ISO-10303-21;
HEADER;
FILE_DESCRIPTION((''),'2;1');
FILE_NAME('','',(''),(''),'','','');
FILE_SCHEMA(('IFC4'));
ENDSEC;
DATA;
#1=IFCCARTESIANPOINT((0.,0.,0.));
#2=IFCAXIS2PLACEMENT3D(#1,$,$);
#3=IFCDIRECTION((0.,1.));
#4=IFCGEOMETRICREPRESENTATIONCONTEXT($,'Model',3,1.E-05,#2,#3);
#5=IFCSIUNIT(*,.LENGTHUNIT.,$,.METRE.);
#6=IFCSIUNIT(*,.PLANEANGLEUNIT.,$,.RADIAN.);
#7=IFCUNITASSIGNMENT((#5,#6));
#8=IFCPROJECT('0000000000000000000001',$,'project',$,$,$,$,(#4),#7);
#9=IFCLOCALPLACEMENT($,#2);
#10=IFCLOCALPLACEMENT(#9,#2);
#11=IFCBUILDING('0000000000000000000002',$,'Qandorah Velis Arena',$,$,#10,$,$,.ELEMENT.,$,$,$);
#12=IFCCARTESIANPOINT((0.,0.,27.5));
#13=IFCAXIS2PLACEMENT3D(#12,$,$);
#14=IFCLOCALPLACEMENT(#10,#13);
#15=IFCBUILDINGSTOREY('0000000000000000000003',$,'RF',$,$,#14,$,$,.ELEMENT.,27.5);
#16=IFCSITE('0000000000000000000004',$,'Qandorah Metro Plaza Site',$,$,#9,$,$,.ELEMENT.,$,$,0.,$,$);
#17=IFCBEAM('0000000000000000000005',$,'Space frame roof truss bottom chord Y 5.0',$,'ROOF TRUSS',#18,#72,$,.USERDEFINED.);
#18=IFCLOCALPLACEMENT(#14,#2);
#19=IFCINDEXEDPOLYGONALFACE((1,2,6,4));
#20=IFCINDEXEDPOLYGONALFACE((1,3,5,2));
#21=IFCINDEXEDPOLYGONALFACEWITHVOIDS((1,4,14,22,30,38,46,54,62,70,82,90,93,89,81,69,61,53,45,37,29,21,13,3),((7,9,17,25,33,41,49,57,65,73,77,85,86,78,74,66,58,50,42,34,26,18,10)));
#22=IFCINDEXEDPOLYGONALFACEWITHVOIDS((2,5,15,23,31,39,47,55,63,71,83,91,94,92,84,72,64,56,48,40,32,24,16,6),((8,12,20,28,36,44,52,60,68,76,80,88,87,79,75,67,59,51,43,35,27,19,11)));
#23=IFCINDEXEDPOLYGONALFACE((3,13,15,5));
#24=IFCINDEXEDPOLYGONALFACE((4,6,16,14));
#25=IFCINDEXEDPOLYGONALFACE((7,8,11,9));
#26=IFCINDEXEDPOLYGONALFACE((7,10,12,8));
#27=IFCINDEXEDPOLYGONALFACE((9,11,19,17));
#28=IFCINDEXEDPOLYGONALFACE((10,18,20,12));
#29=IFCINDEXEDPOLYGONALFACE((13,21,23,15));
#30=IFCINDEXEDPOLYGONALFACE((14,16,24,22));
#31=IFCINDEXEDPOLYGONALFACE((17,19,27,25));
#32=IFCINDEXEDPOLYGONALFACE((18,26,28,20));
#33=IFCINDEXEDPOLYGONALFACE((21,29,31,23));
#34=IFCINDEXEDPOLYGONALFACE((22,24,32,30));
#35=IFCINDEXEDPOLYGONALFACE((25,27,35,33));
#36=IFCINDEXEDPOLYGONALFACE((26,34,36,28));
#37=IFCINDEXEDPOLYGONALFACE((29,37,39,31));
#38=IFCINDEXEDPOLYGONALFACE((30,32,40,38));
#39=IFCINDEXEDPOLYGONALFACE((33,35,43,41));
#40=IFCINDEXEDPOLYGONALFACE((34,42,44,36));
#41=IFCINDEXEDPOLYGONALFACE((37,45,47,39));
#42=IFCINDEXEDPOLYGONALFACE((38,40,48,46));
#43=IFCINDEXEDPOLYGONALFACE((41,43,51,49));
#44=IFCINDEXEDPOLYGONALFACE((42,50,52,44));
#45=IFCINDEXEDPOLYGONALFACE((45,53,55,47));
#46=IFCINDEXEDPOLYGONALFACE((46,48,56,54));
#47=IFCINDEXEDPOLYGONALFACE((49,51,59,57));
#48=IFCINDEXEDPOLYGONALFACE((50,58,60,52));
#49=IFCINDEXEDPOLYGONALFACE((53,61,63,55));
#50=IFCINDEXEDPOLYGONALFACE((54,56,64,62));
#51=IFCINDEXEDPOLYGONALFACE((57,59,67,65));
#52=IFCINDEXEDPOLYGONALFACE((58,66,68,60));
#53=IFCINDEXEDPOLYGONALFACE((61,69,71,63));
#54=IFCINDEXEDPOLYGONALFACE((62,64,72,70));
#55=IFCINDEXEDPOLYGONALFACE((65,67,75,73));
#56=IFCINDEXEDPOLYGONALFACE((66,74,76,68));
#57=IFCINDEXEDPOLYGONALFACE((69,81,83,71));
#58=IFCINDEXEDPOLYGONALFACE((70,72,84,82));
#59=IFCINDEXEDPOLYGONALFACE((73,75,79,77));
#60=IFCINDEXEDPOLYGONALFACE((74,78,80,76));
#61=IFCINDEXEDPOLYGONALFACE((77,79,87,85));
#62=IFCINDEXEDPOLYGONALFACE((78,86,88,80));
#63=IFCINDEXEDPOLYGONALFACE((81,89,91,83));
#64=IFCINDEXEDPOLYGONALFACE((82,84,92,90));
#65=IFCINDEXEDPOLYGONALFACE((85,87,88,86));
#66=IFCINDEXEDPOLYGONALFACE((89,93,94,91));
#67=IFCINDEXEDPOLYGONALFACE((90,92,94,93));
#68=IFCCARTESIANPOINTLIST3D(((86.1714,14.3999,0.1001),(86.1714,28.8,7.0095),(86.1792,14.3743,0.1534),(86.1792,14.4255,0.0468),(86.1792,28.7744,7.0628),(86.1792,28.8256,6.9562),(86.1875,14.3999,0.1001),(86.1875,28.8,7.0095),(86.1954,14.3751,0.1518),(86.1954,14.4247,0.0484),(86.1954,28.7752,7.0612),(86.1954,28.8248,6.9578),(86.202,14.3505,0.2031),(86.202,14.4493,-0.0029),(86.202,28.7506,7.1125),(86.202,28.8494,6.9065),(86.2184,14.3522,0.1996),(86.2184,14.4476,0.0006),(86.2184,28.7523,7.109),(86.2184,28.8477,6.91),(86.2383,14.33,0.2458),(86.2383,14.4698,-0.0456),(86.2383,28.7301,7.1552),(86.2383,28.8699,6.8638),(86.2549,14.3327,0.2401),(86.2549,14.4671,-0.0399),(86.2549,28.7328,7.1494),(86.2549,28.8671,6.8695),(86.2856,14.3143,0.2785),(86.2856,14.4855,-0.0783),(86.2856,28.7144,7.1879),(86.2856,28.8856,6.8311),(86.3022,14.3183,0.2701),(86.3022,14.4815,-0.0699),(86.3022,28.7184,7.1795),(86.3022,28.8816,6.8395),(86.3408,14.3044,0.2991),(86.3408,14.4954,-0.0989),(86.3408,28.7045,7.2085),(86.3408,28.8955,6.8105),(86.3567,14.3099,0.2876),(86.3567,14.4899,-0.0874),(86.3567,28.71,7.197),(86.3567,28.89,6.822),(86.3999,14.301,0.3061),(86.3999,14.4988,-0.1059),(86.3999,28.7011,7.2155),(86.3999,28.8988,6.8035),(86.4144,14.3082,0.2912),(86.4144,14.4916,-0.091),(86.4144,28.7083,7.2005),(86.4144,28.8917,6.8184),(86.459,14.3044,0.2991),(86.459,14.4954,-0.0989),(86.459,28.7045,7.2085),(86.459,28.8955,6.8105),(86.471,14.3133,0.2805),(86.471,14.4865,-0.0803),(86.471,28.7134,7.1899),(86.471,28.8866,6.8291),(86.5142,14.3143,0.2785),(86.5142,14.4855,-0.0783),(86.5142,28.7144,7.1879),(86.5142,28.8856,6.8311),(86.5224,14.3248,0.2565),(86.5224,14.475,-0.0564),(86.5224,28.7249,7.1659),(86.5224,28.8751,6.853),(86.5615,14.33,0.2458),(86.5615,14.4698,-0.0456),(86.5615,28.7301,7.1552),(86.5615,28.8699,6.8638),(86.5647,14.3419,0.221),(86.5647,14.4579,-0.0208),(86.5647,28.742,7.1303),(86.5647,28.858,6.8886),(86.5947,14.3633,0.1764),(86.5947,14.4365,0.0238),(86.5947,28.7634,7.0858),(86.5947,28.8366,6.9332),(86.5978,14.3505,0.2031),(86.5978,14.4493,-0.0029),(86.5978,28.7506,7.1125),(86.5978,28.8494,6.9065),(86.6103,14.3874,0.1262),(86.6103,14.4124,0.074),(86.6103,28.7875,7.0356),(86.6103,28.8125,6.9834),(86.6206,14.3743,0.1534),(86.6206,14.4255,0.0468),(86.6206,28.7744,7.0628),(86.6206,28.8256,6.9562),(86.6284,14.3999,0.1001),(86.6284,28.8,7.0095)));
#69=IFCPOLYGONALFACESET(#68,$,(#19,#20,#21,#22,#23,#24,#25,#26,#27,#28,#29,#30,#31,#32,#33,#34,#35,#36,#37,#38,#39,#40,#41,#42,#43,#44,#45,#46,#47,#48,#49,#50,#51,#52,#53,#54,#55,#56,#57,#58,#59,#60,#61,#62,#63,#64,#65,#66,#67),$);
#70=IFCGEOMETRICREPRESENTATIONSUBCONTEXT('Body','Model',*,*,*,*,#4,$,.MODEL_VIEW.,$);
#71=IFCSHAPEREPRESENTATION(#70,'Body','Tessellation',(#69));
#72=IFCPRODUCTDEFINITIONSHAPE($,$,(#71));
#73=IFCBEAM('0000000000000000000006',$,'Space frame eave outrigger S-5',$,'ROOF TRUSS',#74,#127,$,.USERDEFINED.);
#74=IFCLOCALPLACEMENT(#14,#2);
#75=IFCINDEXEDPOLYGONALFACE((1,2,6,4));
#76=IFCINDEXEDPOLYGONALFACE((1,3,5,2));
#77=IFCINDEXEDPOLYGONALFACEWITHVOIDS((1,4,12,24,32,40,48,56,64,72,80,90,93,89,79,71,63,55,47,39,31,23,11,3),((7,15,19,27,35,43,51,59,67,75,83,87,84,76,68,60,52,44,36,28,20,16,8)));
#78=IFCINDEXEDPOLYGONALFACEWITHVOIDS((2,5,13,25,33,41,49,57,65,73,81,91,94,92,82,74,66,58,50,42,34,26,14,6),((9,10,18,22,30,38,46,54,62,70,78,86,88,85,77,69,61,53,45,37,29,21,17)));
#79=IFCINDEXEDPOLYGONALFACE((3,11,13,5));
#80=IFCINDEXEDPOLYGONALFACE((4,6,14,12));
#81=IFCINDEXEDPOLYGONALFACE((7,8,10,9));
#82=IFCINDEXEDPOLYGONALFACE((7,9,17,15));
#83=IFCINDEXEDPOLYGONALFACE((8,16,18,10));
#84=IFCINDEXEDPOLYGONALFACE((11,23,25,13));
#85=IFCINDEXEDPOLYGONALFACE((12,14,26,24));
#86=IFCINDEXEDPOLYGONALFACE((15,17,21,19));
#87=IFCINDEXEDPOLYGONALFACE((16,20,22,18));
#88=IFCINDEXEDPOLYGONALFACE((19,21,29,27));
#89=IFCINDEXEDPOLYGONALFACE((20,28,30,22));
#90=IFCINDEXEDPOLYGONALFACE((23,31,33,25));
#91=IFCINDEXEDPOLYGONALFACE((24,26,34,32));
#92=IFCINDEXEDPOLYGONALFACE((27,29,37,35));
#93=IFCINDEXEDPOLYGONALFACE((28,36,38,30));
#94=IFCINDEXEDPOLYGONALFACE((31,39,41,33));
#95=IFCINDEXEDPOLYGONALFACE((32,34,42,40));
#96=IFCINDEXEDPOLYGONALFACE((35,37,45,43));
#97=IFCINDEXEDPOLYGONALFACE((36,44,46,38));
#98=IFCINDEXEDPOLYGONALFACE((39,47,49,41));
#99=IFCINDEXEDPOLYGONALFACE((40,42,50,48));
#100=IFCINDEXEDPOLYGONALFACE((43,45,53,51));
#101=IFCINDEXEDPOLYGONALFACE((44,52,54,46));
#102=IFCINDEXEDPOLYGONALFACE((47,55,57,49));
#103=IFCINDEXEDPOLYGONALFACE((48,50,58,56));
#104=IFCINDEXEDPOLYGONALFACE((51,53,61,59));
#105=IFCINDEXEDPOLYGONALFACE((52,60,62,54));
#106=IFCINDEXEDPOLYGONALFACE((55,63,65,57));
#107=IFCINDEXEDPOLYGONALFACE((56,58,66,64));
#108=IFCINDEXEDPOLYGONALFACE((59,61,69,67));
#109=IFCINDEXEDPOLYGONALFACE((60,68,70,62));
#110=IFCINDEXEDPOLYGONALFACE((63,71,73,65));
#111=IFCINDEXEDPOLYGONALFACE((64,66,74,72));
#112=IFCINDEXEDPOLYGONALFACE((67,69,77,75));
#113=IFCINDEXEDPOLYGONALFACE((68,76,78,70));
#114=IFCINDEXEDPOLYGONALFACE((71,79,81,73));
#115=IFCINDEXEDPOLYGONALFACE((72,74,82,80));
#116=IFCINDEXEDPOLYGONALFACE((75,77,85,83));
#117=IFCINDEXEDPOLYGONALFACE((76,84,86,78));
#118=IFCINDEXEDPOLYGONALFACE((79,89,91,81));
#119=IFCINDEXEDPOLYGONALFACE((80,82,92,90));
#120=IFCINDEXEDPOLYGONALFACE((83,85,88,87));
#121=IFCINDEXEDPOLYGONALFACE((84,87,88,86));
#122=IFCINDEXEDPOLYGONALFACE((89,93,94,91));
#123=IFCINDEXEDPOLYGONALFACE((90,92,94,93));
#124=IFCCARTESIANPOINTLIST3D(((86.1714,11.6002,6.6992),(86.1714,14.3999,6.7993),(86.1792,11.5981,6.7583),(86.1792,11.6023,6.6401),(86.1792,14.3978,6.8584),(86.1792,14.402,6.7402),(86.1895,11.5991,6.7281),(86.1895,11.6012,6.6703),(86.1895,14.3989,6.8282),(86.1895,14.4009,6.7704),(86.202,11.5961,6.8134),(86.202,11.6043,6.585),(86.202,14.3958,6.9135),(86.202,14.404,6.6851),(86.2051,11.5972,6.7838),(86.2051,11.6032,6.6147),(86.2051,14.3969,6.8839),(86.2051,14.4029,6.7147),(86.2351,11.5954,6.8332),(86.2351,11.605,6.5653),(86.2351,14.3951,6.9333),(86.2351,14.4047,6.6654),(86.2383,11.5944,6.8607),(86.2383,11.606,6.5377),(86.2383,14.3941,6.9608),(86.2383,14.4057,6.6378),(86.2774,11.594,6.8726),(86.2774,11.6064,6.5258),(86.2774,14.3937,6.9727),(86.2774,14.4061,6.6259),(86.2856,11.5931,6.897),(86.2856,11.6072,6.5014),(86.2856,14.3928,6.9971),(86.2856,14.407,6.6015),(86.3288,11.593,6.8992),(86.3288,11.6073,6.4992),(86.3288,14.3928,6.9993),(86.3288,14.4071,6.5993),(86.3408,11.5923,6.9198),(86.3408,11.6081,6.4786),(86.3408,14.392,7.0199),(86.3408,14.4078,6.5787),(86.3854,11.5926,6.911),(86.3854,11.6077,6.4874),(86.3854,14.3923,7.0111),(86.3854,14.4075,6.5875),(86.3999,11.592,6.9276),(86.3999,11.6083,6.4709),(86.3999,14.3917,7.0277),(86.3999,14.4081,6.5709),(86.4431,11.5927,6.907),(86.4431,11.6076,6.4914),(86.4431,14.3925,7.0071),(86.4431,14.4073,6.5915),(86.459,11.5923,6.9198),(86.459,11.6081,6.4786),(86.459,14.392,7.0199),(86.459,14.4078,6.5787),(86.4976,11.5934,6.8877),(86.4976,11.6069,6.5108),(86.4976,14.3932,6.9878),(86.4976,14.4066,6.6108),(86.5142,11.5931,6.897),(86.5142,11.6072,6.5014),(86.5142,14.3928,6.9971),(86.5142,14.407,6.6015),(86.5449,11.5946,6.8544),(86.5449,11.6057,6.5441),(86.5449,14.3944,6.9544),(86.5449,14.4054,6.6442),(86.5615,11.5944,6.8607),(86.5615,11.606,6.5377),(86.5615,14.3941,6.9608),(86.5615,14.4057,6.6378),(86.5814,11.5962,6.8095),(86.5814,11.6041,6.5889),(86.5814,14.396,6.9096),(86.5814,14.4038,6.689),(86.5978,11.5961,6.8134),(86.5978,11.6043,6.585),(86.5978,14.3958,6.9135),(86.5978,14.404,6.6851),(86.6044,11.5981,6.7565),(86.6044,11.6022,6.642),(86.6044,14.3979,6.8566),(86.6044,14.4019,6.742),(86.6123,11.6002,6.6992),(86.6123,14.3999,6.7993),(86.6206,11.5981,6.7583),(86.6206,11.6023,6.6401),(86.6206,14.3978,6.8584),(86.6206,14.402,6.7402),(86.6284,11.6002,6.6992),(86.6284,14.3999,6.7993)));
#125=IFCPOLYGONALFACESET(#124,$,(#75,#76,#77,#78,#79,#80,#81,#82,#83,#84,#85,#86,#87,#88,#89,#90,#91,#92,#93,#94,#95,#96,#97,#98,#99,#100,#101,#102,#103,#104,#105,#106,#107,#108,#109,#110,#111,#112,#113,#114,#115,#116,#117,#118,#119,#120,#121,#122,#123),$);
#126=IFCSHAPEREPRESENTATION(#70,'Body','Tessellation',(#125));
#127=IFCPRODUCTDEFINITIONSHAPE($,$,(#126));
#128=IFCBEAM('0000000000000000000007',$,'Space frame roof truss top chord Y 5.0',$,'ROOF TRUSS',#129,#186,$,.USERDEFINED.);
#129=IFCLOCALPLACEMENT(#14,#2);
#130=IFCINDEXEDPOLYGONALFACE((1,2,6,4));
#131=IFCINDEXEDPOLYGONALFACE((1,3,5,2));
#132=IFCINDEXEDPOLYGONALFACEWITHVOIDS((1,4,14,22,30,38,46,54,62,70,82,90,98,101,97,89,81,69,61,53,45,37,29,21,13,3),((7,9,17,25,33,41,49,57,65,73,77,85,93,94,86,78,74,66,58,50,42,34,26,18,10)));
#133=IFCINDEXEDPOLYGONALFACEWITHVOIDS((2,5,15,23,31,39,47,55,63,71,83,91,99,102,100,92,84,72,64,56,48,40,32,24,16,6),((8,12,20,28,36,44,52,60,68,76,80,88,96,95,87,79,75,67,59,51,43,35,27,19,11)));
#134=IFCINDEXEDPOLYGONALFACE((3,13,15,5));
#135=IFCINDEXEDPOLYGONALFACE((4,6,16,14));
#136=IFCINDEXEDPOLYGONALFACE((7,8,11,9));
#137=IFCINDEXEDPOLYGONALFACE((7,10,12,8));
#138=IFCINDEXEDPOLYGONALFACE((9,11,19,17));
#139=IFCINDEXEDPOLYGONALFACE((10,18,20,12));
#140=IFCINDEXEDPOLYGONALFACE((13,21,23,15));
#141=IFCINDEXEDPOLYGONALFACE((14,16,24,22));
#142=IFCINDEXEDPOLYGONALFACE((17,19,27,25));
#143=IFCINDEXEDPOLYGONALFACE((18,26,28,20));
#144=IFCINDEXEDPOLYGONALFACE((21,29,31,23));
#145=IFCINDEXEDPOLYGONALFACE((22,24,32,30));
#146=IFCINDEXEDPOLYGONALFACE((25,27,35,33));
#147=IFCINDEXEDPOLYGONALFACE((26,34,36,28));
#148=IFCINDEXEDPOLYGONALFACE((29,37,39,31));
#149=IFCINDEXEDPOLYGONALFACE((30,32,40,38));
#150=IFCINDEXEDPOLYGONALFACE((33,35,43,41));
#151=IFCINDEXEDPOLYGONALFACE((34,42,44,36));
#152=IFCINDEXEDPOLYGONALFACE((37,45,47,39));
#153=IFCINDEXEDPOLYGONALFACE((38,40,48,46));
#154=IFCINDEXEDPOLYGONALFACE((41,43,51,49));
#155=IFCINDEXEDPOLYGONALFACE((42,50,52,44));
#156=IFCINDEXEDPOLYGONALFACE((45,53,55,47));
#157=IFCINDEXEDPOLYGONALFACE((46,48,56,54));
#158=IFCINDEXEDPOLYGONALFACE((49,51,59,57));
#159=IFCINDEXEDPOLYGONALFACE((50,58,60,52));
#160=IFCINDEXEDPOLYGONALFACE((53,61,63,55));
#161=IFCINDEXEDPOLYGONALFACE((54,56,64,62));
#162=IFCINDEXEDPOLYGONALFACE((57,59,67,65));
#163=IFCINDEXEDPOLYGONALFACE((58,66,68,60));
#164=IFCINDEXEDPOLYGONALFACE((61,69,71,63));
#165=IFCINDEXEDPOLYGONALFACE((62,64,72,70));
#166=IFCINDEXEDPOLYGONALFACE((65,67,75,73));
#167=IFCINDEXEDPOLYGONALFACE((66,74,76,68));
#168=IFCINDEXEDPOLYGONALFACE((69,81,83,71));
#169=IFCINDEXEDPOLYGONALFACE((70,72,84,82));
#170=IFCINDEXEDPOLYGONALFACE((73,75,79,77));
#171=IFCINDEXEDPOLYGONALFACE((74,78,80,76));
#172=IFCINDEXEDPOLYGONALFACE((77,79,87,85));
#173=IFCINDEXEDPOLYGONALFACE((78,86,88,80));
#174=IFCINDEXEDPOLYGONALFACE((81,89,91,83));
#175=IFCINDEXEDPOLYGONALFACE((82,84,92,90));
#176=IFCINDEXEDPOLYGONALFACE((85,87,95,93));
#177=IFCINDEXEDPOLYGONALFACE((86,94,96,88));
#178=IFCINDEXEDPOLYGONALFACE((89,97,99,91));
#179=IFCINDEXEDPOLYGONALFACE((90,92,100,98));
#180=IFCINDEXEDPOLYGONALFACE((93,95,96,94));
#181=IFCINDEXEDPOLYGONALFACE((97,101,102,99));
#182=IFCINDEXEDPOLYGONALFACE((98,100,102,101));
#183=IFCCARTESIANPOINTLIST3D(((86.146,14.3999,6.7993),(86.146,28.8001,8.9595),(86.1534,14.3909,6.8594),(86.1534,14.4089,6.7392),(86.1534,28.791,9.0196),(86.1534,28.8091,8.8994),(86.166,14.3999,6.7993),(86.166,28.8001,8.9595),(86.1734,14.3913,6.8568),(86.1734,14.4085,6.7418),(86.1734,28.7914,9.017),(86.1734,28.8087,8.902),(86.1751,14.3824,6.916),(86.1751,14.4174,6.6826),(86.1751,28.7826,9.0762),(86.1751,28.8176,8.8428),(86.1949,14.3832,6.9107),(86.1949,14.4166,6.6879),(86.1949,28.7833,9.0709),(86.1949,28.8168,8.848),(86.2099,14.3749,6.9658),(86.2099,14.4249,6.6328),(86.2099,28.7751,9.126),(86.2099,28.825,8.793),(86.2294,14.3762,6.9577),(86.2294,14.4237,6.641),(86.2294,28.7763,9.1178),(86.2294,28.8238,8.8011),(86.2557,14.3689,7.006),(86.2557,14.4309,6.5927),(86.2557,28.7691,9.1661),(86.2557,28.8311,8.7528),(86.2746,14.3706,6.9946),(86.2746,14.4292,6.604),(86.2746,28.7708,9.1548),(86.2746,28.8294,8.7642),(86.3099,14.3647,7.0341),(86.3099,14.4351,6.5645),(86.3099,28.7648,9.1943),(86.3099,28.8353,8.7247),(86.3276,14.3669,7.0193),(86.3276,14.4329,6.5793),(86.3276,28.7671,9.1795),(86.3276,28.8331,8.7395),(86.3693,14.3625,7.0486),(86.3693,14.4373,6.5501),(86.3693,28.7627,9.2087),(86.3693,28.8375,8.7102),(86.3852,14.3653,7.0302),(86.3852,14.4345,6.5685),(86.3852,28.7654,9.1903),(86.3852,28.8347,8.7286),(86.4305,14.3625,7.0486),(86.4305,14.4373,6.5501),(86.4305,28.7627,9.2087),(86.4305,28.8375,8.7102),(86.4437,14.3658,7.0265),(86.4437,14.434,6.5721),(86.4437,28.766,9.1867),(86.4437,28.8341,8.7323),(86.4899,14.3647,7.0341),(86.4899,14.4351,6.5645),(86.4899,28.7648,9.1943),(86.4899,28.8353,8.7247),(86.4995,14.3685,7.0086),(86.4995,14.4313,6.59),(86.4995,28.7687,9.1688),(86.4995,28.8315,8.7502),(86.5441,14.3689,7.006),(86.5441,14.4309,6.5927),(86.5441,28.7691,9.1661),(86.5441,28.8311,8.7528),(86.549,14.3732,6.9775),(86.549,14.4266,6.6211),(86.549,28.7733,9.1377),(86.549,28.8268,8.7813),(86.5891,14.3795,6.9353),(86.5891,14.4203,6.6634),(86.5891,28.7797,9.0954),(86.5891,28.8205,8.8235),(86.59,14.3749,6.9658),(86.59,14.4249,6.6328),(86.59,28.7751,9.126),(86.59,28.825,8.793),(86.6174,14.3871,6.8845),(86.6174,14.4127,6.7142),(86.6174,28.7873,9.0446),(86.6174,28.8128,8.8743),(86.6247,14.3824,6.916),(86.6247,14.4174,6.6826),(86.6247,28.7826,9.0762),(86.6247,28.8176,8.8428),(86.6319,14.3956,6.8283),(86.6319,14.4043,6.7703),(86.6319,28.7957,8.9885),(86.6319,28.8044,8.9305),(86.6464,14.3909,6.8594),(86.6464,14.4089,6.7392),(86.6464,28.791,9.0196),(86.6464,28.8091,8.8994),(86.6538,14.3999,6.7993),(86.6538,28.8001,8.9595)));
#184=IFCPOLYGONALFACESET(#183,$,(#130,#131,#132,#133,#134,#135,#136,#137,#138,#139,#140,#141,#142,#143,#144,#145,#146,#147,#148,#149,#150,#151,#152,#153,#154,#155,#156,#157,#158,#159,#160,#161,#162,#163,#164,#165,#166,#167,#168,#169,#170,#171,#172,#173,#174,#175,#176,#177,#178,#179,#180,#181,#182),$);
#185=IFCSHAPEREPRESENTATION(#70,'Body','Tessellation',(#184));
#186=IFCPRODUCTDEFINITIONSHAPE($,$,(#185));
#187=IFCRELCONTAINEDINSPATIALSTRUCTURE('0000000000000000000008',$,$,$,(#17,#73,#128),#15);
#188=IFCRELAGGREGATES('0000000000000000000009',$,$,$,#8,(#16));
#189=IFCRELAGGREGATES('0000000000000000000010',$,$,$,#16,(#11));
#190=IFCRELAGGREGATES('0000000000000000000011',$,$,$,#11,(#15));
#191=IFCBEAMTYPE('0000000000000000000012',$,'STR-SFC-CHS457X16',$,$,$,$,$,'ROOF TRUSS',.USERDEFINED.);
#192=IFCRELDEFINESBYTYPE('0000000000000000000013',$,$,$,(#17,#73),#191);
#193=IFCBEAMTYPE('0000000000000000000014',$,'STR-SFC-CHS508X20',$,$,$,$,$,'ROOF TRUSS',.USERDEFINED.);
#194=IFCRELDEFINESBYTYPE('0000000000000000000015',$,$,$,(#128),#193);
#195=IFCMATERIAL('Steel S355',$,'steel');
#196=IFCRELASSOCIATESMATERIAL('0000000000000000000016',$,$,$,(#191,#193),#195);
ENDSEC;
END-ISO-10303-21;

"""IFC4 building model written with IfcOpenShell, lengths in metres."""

from ifc_helpers import new_model, si_unit, direction, frame, origin, origin_2d, place, context, subcontext, project, spatial, hollow_circle, extrude, material, material_profile, profile_set, type_object, element, save


model = new_model("IFC4")

# Units and contexts
model_context = context("Model", 3, precision=1e-05, world=origin(), true_north=direction((0.0, 1.0)))
body_context = subcontext(model_context, "Body", "Model", "MODEL_VIEW")
ifc_project = project(units=[si_unit("LENGTHUNIT", "METRE"), si_unit("PLANEANGLEUNIT", "RADIAN")], contexts=[model_context])

# Site, building, storey
site_placement = place(None, origin())
site = spatial("IfcSite", under=ifc_project, at=site_placement, Name="Qandorah Metro Plaza Site", CompositionType="ELEMENT", RefElevation=0.0)
building_placement = place(site_placement, origin())
building = spatial("IfcBuilding", under=site, at=building_placement, Name="Qandorah Velis Arena", CompositionType="ELEMENT")
storey_placement = place(building_placement, frame((0.0, 0.0, 27.5)))
storey = spatial("IfcBuildingStorey", under=building, at=storey_placement, Name="RF", CompositionType="ELEMENT", Elevation=27.5)

# Beams
ifc_material_1 = material(Name="Steel S355", Category="steel")
ifc_material_profile_1 = material_profile(ifc_material_1, hollow_circle(Radius=0.2285, WallThickness=0.0161, at=origin_2d()), Name="CHS 457x16")
ifc_profile_set_1 = profile_set([ifc_material_profile_1], Name="Steel S355")
beam_type_1 = type_object("IfcBeamType", Name="STR-SFC-CHS457X16", ElementType="ROOF TRUSS", PredefinedType="USERDEFINED", material=ifc_profile_set_1)
beam_1_placement = place(storey_placement, frame((86.3999, 14.3999, 0.1001), z_axis=(0.0, 0.901588, 0.432596), x_axis=(-1.0, 0.0, 0.0)))
element("IfcBeam", 1, at=beam_1_placement, inside=storey, type_object=beam_type_1, Name="Space frame roof truss bottom chord Y 5.0", ObjectType="ROOF TRUSS", PredefinedType="USERDEFINED", context=body_context, shape_type="SweptSolid", body=[
    extrude(hollow_circle(Radius=0.2285, WallThickness=0.0161, at=origin_2d()), origin(), (0.0, 0.0, 1.0), 15.9719),
])
beam_2_placement = place(storey_placement, frame((86.3999, 14.3999, 6.7993), z_axis=(0.0, -0.999362, -0.035729), x_axis=(1.0, 0.0, 0.0)))
element("IfcBeam", 2, at=beam_2_placement, inside=storey, type_object=beam_type_1, Name="Space frame eave outrigger S-5", ObjectType="ROOF TRUSS", PredefinedType="USERDEFINED", context=body_context, shape_type="SweptSolid", body=[
    extrude(hollow_circle(Radius=0.2285, WallThickness=0.0161, at=origin_2d()), origin(), (0.0, 0.0, 1.0), 2.8015),
])
ifc_material_profile_2 = material_profile(ifc_material_1, hollow_circle(Radius=0.2539, WallThickness=0.02, at=origin_2d()), Name="CHS 508x20")
ifc_profile_set_2 = profile_set([ifc_material_profile_2], Name="Steel S355")
beam_type_2 = type_object("IfcBeamType", Name="STR-SFC-CHS508X20", ElementType="ROOF TRUSS", PredefinedType="USERDEFINED", material=ifc_profile_set_2)
beam_3_placement = place(storey_placement, frame((86.3999, 14.3999, 6.7993), z_axis=(0.0, 0.988935, 0.148349), x_axis=(-1.0, 0.0, 0.0)))
element("IfcBeam", 3, at=beam_3_placement, inside=storey, type_object=beam_type_2, Name="Space frame roof truss top chord Y 5.0", ObjectType="ROOF TRUSS", PredefinedType="USERDEFINED", context=body_context, shape_type="SweptSolid", body=[
    extrude(hollow_circle(Radius=0.2539, WallThickness=0.02, at=origin_2d()), origin(), (0.0, 0.0, 1.0), 14.5613),
])

save(model, "model.ifc")
